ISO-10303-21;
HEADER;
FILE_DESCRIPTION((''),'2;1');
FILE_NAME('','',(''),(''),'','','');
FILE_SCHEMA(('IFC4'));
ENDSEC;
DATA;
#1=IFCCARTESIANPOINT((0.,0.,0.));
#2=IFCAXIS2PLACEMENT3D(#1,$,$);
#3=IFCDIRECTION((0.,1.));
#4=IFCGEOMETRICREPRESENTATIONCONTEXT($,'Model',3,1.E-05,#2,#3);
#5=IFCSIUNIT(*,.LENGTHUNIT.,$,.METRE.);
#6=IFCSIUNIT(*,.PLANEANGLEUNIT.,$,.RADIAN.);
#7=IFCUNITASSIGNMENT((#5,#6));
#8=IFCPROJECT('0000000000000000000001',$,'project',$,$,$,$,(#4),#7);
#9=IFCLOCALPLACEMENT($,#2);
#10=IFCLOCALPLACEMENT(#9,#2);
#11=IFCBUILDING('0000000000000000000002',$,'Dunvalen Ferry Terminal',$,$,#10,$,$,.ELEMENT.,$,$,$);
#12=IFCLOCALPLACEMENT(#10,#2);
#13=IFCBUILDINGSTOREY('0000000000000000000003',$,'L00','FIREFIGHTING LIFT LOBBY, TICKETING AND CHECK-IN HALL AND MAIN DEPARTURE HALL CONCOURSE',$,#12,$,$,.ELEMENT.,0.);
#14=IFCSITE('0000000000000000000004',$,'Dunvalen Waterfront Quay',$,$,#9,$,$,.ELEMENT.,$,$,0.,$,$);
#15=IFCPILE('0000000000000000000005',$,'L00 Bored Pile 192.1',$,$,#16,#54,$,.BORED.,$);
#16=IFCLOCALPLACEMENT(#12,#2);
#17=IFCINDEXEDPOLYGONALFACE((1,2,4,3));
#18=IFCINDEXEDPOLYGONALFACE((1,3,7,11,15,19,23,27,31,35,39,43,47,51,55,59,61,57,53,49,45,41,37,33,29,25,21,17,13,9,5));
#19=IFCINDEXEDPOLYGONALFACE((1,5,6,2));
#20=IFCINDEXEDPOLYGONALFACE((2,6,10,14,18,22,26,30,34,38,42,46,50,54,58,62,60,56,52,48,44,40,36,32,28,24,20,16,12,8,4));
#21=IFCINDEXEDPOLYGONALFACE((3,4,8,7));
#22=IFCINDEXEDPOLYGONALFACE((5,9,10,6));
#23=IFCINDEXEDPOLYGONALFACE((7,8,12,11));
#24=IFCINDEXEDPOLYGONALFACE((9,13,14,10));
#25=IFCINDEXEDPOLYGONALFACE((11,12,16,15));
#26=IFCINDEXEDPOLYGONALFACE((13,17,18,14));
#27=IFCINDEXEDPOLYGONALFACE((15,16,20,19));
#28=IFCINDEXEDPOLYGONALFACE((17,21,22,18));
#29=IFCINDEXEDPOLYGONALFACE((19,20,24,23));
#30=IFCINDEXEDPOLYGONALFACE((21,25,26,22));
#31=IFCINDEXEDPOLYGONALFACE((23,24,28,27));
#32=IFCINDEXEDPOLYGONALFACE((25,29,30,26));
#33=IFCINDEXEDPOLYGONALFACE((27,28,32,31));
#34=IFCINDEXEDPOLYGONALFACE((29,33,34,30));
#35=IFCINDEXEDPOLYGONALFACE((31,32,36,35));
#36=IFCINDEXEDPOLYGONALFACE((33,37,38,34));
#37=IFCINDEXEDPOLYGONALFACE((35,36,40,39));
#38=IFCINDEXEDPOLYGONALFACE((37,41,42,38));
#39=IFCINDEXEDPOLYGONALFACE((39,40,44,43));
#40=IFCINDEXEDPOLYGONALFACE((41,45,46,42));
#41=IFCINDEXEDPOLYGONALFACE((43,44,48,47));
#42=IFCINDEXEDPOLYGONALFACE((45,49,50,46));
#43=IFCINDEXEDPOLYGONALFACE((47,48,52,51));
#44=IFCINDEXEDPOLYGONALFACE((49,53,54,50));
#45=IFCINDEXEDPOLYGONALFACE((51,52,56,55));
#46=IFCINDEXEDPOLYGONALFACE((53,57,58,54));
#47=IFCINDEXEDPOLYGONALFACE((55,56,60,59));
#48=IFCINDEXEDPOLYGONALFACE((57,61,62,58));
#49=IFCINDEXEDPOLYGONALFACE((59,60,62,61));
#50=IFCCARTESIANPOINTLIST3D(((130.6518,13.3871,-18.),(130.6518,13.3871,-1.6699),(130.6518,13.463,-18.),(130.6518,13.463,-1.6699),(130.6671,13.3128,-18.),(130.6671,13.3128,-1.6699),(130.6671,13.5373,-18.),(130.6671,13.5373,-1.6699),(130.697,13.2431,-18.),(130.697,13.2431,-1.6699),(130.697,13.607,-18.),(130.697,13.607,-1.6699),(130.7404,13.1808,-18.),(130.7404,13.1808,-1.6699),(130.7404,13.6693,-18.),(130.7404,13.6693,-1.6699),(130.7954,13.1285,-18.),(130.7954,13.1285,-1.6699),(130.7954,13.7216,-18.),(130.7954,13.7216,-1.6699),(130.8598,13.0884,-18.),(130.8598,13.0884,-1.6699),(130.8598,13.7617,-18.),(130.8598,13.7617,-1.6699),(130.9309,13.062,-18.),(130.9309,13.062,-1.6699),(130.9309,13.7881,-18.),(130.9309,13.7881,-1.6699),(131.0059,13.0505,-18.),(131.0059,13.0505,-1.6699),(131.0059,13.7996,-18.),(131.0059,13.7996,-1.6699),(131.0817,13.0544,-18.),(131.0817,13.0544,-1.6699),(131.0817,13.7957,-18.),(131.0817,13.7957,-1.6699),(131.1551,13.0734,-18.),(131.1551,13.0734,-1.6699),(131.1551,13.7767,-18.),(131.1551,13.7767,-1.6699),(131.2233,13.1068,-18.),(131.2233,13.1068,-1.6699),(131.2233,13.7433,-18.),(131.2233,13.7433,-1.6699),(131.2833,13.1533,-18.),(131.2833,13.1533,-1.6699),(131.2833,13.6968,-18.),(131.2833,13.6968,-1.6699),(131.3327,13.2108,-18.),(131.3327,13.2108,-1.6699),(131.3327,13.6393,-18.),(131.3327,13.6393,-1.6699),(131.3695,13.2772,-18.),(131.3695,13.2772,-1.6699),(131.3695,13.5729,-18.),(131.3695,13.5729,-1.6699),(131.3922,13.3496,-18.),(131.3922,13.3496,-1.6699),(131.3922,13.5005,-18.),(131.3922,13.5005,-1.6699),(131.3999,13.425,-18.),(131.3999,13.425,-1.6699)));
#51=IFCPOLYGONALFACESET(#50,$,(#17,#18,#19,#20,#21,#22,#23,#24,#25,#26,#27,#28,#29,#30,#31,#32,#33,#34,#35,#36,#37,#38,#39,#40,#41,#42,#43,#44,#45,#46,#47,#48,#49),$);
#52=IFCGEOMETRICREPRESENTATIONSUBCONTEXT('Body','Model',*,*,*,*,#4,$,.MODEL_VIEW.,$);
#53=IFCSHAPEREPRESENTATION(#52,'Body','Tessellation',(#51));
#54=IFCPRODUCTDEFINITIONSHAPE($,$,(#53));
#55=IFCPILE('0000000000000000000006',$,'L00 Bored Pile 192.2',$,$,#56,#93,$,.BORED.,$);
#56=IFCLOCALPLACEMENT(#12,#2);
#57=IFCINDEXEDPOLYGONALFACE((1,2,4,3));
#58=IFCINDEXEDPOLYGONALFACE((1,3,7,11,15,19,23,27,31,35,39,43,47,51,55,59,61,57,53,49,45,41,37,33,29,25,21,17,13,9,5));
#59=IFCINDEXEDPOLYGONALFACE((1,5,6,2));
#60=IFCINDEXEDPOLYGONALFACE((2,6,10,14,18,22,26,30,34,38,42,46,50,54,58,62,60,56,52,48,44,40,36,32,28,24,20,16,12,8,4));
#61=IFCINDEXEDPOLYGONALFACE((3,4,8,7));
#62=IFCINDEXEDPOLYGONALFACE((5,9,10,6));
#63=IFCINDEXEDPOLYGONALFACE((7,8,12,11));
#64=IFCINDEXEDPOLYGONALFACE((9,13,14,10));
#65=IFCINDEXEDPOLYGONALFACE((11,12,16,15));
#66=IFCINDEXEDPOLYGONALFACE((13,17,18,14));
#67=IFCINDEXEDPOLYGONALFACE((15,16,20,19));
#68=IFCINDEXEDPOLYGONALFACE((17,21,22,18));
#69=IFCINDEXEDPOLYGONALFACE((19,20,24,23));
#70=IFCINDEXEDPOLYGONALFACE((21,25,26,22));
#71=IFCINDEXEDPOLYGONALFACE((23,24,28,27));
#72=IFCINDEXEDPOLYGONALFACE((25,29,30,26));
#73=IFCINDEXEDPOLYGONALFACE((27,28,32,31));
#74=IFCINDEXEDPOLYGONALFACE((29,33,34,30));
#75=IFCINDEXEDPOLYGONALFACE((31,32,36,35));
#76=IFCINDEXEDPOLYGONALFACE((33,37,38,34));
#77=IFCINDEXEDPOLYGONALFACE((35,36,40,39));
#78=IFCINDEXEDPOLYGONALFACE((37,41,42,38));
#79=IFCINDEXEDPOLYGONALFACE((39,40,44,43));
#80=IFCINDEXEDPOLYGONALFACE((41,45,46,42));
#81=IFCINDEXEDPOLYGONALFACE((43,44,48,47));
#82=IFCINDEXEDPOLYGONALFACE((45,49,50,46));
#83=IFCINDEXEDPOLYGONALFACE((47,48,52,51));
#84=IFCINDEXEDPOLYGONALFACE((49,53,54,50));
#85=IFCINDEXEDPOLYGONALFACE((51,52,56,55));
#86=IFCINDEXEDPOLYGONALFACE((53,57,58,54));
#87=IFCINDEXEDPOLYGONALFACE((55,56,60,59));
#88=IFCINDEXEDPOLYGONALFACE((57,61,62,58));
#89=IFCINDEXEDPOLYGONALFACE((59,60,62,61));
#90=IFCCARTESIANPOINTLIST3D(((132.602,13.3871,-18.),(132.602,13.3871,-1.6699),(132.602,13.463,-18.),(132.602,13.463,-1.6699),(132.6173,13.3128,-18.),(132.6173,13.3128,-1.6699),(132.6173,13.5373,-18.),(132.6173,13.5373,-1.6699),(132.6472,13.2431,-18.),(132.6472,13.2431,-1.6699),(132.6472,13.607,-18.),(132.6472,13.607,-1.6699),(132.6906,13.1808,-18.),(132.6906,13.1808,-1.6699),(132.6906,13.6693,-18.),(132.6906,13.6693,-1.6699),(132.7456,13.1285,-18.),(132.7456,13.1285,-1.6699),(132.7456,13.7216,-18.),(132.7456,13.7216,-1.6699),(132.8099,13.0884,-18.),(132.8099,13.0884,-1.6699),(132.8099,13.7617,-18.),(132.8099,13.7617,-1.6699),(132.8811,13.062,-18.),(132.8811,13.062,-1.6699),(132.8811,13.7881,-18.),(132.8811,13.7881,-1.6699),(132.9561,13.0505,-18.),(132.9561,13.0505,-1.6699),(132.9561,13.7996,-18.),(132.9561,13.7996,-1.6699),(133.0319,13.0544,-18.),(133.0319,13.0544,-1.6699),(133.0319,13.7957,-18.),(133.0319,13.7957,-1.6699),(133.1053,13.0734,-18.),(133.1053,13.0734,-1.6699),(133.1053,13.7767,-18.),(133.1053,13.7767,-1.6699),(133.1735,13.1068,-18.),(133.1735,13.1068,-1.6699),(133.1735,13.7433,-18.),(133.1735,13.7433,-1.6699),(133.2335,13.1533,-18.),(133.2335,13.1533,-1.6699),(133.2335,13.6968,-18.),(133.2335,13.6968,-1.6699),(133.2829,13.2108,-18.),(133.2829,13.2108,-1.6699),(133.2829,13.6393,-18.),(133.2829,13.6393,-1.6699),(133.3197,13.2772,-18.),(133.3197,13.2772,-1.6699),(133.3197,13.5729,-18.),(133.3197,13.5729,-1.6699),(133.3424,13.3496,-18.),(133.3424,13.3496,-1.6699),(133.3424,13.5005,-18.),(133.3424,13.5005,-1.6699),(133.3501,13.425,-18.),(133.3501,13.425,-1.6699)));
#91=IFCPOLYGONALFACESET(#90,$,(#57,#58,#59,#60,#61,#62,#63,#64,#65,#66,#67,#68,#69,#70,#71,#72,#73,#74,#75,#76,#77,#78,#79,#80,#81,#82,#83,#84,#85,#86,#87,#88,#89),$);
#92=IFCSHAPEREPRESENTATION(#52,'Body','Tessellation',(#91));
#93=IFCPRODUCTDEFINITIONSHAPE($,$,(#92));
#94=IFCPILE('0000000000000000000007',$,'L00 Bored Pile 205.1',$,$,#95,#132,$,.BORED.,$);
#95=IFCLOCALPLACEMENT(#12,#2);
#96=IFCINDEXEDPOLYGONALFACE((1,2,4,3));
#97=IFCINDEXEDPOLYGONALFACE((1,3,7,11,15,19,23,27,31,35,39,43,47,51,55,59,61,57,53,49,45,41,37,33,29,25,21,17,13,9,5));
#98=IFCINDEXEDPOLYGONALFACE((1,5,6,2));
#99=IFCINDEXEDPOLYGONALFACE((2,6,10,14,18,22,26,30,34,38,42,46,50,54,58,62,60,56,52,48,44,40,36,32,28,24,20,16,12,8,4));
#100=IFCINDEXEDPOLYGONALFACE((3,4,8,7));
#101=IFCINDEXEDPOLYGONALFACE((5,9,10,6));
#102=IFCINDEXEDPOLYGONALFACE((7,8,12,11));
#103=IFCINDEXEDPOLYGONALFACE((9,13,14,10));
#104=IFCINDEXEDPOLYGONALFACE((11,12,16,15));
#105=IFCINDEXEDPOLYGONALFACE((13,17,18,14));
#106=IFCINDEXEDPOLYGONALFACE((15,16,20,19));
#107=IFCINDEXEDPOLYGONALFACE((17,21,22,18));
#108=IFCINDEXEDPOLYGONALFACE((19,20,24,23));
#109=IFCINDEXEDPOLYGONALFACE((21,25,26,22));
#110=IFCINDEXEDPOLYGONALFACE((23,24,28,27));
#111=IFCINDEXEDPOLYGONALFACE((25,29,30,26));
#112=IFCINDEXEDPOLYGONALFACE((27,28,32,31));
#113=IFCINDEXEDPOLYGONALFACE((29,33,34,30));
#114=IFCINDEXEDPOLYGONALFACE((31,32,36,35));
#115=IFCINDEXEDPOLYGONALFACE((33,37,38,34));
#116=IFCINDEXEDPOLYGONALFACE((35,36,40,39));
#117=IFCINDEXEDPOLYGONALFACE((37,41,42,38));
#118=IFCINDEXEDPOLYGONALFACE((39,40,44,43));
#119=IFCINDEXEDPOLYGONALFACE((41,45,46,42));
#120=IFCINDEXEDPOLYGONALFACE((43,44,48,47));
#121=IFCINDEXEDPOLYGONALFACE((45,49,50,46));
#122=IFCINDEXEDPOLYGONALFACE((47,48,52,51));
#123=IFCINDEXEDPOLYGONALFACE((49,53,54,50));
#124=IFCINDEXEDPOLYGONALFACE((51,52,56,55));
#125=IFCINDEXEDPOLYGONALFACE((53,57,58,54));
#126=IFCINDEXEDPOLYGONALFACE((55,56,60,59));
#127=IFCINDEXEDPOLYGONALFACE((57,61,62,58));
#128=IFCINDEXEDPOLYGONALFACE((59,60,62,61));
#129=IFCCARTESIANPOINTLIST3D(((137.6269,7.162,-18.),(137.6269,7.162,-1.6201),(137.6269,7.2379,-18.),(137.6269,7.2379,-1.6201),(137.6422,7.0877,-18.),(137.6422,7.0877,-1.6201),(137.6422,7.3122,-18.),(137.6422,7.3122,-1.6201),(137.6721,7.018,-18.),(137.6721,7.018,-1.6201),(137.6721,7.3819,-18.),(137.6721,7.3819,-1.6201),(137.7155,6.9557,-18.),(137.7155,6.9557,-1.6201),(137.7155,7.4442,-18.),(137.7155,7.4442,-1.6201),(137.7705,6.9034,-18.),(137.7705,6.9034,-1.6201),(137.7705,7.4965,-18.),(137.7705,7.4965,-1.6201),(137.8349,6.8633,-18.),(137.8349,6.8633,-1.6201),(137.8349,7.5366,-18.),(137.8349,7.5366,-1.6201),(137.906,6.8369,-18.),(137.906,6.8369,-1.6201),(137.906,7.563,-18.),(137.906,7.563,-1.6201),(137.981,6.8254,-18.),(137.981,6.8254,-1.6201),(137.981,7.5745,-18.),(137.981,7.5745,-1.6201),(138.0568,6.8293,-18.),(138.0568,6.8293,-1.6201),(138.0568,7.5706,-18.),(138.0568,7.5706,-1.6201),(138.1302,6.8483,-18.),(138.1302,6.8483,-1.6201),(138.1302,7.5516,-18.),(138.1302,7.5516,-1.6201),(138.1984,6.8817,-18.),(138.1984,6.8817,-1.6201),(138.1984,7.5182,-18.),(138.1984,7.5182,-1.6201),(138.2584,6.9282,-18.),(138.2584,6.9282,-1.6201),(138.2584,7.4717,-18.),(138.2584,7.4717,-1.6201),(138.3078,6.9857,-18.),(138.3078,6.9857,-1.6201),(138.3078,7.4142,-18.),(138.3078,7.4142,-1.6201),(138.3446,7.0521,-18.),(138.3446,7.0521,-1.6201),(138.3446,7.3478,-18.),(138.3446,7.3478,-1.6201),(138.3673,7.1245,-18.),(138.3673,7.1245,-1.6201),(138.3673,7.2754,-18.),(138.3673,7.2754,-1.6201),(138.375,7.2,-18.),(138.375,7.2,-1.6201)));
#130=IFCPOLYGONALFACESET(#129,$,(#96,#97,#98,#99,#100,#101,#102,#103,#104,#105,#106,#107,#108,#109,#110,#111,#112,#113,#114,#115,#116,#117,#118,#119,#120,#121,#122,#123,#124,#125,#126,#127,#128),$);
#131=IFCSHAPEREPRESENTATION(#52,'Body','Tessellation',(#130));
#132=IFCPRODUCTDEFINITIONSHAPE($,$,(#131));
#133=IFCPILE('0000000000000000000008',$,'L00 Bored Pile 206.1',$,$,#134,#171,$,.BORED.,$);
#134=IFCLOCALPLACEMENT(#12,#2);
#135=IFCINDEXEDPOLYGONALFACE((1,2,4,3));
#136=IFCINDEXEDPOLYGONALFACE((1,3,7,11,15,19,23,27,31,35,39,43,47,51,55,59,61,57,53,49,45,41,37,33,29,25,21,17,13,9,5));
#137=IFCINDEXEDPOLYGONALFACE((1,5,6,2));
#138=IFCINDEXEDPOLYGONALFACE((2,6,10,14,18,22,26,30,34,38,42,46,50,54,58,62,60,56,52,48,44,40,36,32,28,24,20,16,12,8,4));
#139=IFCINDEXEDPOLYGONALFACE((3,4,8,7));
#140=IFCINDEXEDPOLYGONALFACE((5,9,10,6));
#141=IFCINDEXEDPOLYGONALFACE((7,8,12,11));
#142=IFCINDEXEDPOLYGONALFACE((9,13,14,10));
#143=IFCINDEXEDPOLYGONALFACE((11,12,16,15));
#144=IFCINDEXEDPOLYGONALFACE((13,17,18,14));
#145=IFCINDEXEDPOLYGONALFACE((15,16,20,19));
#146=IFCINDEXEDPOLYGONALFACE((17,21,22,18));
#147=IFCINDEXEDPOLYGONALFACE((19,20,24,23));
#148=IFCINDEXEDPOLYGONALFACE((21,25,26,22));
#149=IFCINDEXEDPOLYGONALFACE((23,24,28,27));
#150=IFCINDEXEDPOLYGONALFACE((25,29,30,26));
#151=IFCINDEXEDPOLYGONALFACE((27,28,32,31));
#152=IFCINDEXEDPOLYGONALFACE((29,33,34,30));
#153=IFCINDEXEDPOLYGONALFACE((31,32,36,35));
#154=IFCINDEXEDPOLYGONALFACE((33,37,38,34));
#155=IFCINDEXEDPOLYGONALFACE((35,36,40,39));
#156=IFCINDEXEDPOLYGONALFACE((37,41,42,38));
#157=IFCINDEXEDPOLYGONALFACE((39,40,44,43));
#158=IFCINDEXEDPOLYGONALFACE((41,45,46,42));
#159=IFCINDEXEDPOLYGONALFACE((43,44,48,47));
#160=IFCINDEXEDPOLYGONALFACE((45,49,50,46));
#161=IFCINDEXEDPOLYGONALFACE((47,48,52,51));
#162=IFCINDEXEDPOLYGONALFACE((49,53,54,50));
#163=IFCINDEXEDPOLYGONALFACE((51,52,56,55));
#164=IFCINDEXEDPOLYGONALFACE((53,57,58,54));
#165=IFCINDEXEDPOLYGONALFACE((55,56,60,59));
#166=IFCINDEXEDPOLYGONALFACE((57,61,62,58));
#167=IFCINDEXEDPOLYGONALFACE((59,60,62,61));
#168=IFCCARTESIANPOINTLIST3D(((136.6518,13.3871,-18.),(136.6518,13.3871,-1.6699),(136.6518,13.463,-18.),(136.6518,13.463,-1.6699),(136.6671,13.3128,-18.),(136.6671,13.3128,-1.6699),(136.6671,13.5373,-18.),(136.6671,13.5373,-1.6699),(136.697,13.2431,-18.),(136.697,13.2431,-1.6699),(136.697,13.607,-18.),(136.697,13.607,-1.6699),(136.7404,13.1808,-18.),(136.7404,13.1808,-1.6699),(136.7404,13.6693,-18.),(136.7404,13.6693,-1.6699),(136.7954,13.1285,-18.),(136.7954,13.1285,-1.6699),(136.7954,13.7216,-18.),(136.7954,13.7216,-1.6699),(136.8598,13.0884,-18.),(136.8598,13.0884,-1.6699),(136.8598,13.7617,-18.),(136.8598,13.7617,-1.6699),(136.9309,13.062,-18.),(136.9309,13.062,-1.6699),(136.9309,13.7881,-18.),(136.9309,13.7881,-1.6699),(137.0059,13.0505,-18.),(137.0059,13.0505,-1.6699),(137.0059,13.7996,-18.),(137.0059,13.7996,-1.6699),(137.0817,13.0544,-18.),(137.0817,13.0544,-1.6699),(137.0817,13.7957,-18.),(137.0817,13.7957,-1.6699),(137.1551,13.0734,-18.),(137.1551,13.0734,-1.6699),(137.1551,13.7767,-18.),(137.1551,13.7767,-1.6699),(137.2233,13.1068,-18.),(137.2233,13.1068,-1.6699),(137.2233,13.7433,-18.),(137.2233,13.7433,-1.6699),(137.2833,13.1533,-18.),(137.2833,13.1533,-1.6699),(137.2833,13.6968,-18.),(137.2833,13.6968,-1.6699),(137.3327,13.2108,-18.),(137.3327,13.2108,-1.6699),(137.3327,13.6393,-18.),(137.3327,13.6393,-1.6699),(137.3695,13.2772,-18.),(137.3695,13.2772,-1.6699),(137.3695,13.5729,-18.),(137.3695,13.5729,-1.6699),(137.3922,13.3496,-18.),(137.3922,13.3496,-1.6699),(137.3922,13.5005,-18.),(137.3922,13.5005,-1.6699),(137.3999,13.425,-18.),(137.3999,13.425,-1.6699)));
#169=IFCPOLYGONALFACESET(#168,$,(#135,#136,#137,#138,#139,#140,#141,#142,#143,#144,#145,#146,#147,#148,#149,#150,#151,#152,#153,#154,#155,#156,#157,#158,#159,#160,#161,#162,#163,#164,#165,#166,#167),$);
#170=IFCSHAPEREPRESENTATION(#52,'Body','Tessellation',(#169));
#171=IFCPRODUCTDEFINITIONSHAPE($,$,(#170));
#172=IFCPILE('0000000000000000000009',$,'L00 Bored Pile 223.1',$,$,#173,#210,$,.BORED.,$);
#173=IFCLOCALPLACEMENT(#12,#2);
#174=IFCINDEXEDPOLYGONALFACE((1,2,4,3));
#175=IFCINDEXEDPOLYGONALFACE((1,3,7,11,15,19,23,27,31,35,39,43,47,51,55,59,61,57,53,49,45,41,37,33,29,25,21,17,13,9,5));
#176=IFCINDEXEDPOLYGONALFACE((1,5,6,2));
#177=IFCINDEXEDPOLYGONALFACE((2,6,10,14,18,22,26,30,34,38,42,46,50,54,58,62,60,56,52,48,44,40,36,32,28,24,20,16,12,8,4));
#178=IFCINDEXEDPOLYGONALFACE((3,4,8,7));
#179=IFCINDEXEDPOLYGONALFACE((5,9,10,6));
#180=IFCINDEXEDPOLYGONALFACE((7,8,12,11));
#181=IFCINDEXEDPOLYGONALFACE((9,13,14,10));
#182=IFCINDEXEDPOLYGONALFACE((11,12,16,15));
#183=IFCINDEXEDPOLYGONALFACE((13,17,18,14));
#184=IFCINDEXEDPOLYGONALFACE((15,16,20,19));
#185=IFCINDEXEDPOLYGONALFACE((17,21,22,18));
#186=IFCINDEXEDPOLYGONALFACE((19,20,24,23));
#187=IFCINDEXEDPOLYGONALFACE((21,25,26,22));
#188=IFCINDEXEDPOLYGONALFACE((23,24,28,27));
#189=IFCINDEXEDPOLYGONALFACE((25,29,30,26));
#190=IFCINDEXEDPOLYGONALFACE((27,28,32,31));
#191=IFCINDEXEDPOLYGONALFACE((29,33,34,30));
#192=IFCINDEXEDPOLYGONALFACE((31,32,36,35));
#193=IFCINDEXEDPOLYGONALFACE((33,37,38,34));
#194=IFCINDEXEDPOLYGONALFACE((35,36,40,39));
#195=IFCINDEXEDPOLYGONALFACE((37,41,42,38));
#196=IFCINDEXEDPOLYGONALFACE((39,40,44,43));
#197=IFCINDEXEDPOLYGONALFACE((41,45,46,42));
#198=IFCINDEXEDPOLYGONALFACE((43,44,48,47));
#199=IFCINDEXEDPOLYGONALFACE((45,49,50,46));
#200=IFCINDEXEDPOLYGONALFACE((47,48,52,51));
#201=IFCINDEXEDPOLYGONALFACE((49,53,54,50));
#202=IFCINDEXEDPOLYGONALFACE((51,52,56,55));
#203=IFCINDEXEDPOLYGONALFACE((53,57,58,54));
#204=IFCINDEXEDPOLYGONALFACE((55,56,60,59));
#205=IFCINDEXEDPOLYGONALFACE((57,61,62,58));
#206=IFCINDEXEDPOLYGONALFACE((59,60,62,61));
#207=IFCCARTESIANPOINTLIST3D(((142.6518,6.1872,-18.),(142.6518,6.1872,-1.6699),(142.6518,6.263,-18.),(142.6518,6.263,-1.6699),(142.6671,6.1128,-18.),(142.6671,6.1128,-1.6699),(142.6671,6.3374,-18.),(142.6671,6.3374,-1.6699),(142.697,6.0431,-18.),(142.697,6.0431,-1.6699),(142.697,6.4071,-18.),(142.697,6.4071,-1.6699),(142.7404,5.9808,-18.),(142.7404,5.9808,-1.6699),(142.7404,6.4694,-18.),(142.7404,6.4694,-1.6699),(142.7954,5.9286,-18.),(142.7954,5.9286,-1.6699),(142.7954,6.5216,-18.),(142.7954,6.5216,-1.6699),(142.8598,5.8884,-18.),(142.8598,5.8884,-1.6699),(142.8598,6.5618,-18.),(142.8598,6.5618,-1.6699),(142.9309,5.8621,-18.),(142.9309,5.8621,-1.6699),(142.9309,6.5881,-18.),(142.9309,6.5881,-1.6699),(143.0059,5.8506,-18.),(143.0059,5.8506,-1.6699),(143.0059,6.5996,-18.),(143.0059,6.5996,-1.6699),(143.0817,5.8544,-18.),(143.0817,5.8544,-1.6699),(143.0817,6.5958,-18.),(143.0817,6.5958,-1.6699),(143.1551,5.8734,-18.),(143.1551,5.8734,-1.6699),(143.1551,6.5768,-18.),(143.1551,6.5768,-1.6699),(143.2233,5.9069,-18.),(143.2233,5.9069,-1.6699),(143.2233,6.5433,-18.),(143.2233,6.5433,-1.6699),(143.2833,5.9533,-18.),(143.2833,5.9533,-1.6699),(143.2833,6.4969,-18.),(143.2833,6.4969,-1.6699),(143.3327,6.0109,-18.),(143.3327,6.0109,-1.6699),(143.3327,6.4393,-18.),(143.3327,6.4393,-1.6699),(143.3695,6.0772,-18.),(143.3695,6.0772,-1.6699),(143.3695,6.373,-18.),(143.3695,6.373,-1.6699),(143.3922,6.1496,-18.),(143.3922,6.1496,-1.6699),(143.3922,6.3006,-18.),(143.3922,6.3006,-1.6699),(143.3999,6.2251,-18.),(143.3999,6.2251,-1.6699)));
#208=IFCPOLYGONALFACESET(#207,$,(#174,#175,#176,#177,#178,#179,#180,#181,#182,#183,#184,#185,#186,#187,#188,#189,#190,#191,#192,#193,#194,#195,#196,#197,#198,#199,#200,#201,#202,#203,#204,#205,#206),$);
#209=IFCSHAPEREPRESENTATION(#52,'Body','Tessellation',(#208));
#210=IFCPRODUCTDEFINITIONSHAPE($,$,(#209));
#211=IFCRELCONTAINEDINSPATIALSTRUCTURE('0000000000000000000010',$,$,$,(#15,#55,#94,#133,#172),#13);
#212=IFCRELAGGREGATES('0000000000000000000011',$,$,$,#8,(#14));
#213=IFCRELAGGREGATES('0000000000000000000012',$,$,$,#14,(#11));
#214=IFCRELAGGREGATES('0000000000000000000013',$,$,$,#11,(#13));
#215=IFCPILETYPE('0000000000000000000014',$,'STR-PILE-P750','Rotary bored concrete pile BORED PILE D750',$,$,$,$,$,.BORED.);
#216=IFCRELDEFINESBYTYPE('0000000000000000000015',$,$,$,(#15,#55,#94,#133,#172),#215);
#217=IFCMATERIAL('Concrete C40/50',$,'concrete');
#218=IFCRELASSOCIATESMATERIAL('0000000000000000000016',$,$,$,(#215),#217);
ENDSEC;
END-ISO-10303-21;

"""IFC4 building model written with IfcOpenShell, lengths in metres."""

from ifc_helpers import new_model, si_unit, direction, frame, origin, origin_2d, place, context, subcontext, project, spatial, circle, extrude, material, material_profile, profile_set, type_object, element, save


model = new_model("IFC4")

# Units and contexts
model_context = context("Model", 3, precision=1e-05, world=origin(), true_north=direction((0.0, 1.0)))
body_context = subcontext(model_context, "Body", "Model", "MODEL_VIEW")
ifc_project = project(units=[si_unit("LENGTHUNIT", "METRE"), si_unit("PLANEANGLEUNIT", "RADIAN")], contexts=[model_context])

# Site, building, storey
site_placement = place(None, origin())
site = spatial("IfcSite", under=ifc_project, at=site_placement, Name="Dunvalen Waterfront Quay", CompositionType="ELEMENT", RefElevation=0.0)
building_placement = place(site_placement, origin())
building = spatial("IfcBuilding", under=site, at=building_placement, Name="Dunvalen Ferry Terminal", CompositionType="ELEMENT")
storey_placement = place(building_placement, origin())
storey = spatial("IfcBuildingStorey", under=building, at=storey_placement, Name="L00", Description="FIREFIGHTING LIFT LOBBY, TICKETING AND CHECK-IN HALL AND MAIN DEPARTURE HALL CONCOURSE", CompositionType="ELEMENT", Elevation=0.0)

# Shared definitions
ifc_material = material(Name="Concrete C40/50", Category="concrete")

# Piles
ifc_material_profile_1 = material_profile(ifc_material, circle(Radius=0.375, at=origin_2d()), Name="Concrete C40/50")
ifc_profile_set_1 = profile_set([ifc_material_profile_1], Name="Concrete C40/50")
pile_type = type_object("IfcPileType", Name="STR-PILE-P750", Description="Rotary bored concrete pile BORED PILE D750", PredefinedType="BORED", material=ifc_profile_set_1)
for number, where, z_axis, x_axis, name in (
    (1, (131.0249, 13.425, -1.6699), (0.0, 0.0, -1.0), (1.0, 0.0, 0.0), "L00 Bored Pile 192.1"),
    (2, (132.9751, 13.425, -1.6699), (0.0, 0.0, -1.0), (1.0, 0.0, 0.0), "L00 Bored Pile 192.2"),
):
    element("IfcPile", number, at=place(storey_placement, frame(where, z_axis=z_axis, x_axis=x_axis)), inside=storey, type_object=pile_type, Name=name, PredefinedType="BORED", context=body_context, shape_type="SweptSolid", body=[
        extrude(circle(Radius=0.375, at=origin_2d()), origin(), (0.0, 0.0, 1.0), 16.3301),
    ])
pile_1_placement = place(storey_placement, frame((138.0, 7.2, -1.6201), z_axis=(0.0, 0.0, -1.0), x_axis=(1.0, 0.0, 0.0)))
element("IfcPile", 3, at=pile_1_placement, inside=storey, type_object=pile_type, Name="L00 Bored Pile 205.1", PredefinedType="BORED", context=body_context, shape_type="SweptSolid", body=[
    extrude(circle(Radius=0.375, at=origin_2d()), origin(), (0.0, 0.0, 1.0), 16.3799),
])
for number, where, z_axis, x_axis, name in (
    (4, (137.0249, 13.425, -1.6699), (0.0, 0.0, -1.0), (1.0, 0.0, 0.0), "L00 Bored Pile 206.1"),
    (5, (143.0249, 6.2251, -1.6699), (0.0, 0.0, -1.0), (1.0, 0.0, 0.0), "L00 Bored Pile 223.1"),
):
    element("IfcPile", number, at=place(storey_placement, frame(where, z_axis=z_axis, x_axis=x_axis)), inside=storey, type_object=pile_type, Name=name, PredefinedType="BORED", context=body_context, shape_type="SweptSolid", body=[
        extrude(circle(Radius=0.375, at=origin_2d()), origin(), (0.0, 0.0, 1.0), 16.3301),
    ])

save(model, "model.ifc")
